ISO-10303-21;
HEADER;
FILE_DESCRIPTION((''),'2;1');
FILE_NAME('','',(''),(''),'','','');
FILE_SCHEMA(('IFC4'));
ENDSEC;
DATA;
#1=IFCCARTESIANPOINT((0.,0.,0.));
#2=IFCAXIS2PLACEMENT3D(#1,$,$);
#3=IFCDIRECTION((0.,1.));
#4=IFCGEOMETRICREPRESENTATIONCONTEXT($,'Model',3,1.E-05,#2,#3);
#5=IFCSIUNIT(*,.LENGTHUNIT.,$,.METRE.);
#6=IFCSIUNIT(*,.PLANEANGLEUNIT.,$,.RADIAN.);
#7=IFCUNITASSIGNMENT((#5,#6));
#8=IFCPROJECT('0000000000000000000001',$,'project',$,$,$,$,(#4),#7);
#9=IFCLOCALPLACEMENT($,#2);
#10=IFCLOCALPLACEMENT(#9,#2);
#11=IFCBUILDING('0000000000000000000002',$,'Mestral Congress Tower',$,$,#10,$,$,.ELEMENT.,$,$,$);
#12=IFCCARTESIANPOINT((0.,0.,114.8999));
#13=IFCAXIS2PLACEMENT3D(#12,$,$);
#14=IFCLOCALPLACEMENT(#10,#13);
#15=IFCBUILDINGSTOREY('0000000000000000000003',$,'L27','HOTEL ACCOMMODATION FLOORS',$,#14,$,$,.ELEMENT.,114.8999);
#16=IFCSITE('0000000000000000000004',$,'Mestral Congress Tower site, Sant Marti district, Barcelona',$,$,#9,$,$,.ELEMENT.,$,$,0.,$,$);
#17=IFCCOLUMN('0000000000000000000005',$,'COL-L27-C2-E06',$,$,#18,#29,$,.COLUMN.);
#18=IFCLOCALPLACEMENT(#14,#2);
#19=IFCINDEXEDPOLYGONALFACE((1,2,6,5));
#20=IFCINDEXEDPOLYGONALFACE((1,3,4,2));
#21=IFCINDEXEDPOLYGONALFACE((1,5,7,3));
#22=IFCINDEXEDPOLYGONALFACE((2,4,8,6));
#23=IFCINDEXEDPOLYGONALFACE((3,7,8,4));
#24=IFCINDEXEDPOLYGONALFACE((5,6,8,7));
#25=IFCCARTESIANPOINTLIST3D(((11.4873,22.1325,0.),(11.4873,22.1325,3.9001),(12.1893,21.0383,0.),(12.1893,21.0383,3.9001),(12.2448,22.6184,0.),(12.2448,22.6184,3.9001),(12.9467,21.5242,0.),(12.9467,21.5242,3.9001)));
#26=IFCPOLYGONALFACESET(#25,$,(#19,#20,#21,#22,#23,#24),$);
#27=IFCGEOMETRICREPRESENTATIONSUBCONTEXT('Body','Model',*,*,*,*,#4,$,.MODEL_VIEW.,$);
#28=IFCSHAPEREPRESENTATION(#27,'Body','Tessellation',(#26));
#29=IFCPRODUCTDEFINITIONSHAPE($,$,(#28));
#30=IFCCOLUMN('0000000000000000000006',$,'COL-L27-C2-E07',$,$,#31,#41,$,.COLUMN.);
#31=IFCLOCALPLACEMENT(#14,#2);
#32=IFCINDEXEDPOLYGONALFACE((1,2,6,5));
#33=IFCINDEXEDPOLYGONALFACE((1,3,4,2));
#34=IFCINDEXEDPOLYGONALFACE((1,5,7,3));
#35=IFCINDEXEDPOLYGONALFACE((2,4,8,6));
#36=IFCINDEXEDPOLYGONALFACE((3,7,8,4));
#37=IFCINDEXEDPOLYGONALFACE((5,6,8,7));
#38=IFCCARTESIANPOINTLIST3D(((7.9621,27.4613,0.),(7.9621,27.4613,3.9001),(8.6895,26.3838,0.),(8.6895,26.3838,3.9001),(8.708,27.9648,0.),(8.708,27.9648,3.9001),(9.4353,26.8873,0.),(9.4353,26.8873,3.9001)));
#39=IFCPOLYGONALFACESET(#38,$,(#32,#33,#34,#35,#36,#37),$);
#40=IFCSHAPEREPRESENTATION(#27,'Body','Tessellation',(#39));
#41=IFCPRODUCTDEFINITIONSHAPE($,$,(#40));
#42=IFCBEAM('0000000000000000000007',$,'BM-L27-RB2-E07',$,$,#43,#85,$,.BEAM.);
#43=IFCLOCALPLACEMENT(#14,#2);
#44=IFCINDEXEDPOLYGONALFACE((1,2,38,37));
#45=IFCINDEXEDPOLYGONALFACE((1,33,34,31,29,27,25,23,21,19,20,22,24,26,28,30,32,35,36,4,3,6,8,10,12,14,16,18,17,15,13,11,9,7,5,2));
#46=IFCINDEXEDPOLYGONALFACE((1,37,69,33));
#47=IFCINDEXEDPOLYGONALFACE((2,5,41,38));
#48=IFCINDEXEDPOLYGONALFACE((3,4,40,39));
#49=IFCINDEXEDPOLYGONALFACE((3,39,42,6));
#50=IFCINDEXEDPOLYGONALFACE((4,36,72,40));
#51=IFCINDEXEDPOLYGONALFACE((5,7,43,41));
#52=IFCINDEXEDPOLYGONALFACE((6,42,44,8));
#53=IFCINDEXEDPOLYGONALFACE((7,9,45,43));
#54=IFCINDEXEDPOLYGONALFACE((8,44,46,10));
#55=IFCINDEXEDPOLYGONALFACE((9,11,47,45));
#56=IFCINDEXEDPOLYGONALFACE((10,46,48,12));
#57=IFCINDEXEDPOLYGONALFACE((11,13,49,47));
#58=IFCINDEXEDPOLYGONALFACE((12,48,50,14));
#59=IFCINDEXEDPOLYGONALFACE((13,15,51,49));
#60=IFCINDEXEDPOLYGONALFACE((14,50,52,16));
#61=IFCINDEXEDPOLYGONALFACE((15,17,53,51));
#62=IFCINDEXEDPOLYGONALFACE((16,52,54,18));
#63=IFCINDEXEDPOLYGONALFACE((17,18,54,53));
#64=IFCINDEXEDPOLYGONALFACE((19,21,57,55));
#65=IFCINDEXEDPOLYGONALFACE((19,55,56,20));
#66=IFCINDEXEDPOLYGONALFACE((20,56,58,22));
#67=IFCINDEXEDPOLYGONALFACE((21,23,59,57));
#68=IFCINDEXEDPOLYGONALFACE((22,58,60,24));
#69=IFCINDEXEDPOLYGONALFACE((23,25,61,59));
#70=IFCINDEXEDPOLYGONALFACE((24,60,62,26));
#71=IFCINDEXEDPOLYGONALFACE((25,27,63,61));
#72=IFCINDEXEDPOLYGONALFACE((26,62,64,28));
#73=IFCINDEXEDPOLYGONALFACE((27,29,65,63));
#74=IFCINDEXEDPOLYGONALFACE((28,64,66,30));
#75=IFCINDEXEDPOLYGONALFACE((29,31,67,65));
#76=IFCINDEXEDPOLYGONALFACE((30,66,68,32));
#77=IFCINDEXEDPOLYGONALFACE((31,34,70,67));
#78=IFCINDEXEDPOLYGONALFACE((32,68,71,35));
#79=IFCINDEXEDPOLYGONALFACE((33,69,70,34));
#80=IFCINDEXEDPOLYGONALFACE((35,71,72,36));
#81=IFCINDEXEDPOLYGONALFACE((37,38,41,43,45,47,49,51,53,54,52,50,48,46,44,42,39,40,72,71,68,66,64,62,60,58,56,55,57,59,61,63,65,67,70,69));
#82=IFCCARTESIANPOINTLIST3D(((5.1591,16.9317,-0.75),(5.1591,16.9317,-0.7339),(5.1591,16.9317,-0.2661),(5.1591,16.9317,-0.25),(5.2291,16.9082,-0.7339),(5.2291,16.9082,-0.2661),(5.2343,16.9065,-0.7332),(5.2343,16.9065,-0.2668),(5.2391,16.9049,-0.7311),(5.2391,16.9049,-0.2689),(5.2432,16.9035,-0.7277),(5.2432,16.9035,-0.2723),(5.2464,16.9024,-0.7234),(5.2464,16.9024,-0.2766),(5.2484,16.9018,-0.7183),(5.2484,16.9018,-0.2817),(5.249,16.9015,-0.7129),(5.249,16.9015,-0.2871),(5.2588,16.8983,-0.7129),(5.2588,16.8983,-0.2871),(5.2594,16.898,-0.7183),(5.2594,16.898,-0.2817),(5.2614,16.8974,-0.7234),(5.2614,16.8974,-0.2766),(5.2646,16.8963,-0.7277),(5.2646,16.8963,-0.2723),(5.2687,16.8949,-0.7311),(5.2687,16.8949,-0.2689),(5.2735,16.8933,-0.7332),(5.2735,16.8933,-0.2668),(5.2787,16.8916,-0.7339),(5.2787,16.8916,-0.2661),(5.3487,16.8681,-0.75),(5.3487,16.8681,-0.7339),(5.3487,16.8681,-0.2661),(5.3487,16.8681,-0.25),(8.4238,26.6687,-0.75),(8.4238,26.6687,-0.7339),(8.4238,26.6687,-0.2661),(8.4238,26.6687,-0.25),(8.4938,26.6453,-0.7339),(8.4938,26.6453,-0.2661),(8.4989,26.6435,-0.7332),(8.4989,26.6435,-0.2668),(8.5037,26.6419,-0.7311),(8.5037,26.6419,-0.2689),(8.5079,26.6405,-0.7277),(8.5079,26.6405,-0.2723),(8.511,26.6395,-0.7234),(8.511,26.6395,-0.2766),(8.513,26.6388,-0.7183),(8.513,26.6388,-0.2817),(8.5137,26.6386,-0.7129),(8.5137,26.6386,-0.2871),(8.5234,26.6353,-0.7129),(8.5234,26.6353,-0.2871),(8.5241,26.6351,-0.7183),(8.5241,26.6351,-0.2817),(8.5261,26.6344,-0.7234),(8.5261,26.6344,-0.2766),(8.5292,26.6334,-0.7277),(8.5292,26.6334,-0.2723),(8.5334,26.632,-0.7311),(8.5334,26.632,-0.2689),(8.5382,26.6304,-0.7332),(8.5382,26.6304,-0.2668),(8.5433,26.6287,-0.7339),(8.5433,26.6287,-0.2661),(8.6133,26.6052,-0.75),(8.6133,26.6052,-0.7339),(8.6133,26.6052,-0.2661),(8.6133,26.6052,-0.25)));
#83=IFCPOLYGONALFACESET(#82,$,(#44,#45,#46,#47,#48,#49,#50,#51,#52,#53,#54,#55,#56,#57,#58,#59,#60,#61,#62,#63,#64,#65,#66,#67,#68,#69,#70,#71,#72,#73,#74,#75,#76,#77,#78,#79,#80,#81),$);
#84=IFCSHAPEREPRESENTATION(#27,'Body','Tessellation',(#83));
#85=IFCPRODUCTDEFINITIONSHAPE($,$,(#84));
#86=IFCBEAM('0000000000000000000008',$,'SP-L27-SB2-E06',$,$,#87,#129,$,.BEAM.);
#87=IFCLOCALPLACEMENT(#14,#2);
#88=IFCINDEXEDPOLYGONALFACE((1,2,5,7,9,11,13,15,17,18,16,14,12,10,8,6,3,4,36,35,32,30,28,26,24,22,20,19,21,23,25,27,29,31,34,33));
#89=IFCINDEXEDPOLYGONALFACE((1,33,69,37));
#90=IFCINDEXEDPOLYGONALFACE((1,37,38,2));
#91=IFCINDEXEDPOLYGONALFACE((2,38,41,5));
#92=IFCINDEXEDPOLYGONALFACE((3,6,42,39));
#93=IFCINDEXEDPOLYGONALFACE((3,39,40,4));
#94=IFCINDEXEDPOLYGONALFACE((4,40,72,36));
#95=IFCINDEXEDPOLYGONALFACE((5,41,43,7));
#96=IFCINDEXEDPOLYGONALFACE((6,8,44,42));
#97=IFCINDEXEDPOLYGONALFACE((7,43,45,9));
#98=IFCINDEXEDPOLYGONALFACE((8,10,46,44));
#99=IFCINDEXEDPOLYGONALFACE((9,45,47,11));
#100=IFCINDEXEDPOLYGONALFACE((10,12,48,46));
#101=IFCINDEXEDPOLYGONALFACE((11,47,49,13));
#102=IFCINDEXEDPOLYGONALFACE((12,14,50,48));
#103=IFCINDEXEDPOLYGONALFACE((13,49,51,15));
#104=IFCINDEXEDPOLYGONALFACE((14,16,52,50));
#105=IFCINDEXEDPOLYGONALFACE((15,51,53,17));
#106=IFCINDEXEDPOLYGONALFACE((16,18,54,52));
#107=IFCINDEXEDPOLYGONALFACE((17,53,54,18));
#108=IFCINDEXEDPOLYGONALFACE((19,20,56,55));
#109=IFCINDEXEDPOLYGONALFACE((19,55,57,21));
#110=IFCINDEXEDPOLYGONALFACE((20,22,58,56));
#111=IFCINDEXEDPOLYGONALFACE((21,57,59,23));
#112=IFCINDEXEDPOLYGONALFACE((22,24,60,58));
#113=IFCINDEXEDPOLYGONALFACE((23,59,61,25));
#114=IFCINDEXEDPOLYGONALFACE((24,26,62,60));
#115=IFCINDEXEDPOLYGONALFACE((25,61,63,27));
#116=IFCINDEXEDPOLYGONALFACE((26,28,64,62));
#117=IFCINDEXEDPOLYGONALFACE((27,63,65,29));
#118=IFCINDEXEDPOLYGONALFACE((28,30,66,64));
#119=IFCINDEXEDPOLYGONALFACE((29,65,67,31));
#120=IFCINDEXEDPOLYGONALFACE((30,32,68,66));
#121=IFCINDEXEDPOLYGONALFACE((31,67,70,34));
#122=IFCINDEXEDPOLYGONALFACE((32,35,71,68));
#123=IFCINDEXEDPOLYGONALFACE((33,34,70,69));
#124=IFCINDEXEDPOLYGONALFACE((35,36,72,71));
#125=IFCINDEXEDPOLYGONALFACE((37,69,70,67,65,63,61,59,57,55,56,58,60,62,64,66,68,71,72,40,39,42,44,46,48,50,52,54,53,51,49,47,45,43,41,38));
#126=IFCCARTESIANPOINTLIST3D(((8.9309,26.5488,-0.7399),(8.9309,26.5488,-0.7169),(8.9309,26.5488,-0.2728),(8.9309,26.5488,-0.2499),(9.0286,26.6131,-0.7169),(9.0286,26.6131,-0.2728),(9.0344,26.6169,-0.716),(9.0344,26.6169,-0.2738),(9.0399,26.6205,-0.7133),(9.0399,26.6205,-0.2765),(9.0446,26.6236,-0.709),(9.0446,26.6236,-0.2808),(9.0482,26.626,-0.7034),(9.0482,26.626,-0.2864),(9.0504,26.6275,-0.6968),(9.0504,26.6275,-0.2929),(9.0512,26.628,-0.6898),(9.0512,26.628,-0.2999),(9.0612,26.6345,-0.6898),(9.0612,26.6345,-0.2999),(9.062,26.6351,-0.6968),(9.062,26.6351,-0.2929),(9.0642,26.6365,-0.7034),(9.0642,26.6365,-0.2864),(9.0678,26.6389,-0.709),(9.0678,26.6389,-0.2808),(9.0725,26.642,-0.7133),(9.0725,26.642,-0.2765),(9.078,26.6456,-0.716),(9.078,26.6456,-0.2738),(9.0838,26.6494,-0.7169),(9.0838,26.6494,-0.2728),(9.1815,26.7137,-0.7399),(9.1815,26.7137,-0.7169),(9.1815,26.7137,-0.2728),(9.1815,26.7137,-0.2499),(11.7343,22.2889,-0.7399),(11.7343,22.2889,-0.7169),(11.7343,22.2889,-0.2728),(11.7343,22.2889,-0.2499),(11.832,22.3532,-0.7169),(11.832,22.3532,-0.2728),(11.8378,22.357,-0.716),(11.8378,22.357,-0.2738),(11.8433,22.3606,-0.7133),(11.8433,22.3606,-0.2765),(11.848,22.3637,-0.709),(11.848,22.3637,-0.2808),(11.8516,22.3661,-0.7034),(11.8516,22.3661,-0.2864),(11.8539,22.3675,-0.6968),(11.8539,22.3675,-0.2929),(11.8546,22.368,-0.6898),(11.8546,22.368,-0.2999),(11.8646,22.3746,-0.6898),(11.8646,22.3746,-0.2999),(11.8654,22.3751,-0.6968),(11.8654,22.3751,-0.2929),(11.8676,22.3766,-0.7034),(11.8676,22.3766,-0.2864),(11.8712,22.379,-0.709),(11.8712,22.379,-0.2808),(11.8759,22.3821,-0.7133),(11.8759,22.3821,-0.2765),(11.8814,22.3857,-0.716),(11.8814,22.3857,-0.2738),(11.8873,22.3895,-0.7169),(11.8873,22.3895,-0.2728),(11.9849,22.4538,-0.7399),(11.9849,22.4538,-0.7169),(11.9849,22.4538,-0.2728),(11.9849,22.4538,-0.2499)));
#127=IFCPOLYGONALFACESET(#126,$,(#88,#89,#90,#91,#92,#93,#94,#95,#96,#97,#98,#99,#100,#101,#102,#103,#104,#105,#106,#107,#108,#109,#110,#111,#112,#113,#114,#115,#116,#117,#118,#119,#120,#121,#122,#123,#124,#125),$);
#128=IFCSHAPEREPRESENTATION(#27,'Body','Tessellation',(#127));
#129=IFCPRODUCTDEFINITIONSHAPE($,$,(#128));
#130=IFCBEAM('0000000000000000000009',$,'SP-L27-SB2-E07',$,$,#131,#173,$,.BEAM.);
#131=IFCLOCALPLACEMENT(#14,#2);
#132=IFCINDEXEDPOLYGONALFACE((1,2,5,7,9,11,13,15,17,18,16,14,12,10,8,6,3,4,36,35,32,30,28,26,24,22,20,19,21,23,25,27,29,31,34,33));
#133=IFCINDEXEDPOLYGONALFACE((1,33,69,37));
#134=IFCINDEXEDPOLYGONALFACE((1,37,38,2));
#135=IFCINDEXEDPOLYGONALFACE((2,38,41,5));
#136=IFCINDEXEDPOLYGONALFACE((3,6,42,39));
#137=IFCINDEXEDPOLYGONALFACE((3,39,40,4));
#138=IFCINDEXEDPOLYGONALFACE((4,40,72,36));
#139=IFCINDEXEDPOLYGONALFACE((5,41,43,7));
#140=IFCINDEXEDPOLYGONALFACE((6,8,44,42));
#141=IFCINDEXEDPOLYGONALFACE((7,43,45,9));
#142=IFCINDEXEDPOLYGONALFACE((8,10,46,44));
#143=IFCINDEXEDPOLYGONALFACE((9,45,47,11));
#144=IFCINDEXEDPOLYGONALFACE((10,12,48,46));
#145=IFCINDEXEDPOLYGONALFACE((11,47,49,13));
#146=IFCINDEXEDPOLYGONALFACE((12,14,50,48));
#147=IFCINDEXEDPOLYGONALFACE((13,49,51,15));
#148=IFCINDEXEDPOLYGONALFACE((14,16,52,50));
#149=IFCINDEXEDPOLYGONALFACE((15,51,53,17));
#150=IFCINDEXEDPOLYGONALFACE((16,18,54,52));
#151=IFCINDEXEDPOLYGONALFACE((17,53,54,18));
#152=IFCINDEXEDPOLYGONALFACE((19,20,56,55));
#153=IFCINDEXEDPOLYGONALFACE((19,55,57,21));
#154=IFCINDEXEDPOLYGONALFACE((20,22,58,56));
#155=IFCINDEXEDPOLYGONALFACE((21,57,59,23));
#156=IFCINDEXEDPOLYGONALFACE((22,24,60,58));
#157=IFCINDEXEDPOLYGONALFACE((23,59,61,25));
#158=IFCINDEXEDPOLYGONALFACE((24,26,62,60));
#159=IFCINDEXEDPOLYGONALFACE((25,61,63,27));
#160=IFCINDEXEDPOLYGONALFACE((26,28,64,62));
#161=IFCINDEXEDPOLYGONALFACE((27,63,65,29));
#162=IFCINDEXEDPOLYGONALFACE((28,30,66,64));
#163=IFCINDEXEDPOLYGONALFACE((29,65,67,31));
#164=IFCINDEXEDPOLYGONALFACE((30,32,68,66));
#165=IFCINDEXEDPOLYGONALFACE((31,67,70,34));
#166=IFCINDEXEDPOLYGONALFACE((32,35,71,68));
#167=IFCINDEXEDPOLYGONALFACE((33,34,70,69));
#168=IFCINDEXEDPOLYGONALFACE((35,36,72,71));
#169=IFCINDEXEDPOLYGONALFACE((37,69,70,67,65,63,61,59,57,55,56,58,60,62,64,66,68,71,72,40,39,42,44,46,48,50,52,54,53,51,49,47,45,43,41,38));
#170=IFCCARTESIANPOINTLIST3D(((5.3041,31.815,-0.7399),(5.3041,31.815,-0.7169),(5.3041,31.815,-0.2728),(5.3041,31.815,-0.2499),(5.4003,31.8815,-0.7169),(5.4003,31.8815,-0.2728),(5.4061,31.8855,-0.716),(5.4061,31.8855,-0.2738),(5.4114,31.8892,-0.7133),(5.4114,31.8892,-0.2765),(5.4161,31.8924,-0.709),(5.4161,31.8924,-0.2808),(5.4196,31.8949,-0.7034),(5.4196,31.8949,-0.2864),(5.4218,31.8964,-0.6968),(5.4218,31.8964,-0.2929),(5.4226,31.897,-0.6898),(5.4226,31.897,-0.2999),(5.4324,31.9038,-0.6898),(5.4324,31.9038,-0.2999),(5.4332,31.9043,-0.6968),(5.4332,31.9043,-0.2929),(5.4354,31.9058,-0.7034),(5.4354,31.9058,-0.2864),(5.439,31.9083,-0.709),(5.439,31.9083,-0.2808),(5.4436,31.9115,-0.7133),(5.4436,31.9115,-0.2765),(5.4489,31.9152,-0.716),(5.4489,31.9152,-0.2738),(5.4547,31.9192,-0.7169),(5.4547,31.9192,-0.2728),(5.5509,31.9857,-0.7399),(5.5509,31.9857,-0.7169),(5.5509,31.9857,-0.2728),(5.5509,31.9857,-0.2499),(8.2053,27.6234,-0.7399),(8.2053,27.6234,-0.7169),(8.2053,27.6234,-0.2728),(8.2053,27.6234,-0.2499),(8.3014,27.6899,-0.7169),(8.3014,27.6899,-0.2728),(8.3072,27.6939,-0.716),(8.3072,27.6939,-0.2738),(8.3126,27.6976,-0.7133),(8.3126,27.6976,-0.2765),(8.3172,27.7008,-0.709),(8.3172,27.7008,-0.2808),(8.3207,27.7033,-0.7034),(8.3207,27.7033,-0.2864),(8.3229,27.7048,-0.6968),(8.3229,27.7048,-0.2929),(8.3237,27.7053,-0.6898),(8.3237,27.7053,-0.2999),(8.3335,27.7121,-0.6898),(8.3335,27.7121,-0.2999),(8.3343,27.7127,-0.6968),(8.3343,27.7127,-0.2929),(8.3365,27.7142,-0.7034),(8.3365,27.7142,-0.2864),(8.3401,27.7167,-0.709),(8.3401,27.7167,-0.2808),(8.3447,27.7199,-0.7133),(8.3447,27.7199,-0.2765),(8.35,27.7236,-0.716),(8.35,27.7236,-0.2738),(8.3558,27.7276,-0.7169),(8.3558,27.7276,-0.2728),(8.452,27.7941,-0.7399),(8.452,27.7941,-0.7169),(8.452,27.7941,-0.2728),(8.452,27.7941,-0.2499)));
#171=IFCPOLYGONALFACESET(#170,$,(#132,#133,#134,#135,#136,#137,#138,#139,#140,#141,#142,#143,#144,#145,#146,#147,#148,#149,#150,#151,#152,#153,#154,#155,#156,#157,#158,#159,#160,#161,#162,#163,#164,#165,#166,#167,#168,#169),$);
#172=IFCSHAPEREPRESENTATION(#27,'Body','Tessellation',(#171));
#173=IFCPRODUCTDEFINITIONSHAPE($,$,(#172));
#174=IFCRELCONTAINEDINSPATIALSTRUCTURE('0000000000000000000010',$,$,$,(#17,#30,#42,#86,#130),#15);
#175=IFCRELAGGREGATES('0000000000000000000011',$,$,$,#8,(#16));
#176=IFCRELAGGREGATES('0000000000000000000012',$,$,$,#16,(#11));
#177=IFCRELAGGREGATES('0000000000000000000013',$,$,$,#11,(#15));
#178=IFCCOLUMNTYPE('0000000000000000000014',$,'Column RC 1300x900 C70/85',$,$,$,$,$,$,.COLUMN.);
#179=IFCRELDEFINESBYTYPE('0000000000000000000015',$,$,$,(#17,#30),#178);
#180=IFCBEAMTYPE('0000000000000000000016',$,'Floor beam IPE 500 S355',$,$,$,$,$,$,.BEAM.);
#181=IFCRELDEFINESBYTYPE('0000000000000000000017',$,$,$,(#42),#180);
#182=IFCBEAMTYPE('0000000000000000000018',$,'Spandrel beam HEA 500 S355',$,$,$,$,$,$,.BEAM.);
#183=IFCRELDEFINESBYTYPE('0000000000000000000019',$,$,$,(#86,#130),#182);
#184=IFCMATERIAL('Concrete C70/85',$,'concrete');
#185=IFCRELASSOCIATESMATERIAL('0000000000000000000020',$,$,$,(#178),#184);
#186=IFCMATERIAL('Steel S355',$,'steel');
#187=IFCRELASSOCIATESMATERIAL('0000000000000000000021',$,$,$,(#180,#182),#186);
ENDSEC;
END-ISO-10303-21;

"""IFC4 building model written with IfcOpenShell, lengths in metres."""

from ifc_helpers import new_model, si_unit, direction, frame, origin, origin_2d, place, context, subcontext, project, spatial, rectangle, i_section, extrude, material, material_profile, profile_set, type_object, element, save


model = new_model("IFC4")

# Units and contexts
model_context = context("Model", 3, precision=1e-05, world=origin(), true_north=direction((0.0, 1.0)))
body_context = subcontext(model_context, "Body", "Model", "MODEL_VIEW")
ifc_project = project(units=[si_unit("LENGTHUNIT", "METRE"), si_unit("PLANEANGLEUNIT", "RADIAN")], contexts=[model_context])

# Site, building, storey
site_placement = place(None, origin())
site = spatial("IfcSite", under=ifc_project, at=site_placement, Name="Mestral Congress Tower site, Sant Marti district, Barcelona", CompositionType="ELEMENT", RefElevation=0.0)
building_placement = place(site_placement, origin())
building = spatial("IfcBuilding", under=site, at=building_placement, Name="Mestral Congress Tower", CompositionType="ELEMENT")
storey_placement = place(building_placement, frame((0.0, 0.0, 114.8999)))
storey = spatial("IfcBuildingStorey", under=building, at=storey_placement, Name="L27", Description="HOTEL ACCOMMODATION FLOORS", CompositionType="ELEMENT", Elevation=114.8999)

# Columns
ifc_material_1 = material(Name="Concrete C70/85", Category="concrete")
ifc_material_profile_1 = material_profile(ifc_material_1, rectangle(XDim=1.3, YDim=0.8999, at=origin_2d()), Name="RC 1300x900")
ifc_profile_set_1 = profile_set([ifc_material_profile_1], Name="Concrete C70/85")
column_type = type_object("IfcColumnType", Name="Column RC 1300x900 C70/85", PredefinedType="COLUMN", material=ifc_profile_set_1)
for number, where, z_axis, x_axis, name in (
    (1, (12.217, 21.8284, 0.0), (0.0, 0.0, 1.0), (-0.539945, 0.8417, 0.0), "COL-L27-C2-E06"),
    (2, (8.6987, 27.1743, 0.0), (0.0, 0.0, 1.0), (-0.559479, 0.828844, 0.0), "COL-L27-C2-E07"),
):
    element("IfcColumn", number, at=place(storey_placement, frame(where, z_axis=z_axis, x_axis=x_axis)), inside=storey, type_object=column_type, Name=name, PredefinedType="COLUMN", context=body_context, shape_type="SweptSolid", body=[
        extrude(rectangle(XDim=1.3, YDim=0.8999, at=origin_2d()), origin(), (0.0, 0.0, 1.0), 3.9001),
    ])

# Beams
ifc_material_2 = material(Name="Steel S355", Category="steel")
ifc_material_profile_2 = material_profile(ifc_material_2, i_section(OverallWidth=0.2, OverallDepth=0.5, WebThickness=0.0103, FlangeThickness=0.0161, FilletRadius=0.021, at=origin_2d()), Name="IPE 500")
ifc_profile_set_2 = profile_set([ifc_material_profile_2], Name="Steel S355")
beam_type_1 = type_object("IfcBeamType", Name="Floor beam IPE 500 S355", PredefinedType="BEAM", material=ifc_profile_set_2)
beam_1_placement = place(storey_placement, frame((8.5186, 26.637, -0.5), z_axis=(-0.317889, -0.948128, 0.0), x_axis=(0.948128, -0.317889, 0.0)))
element("IfcBeam", 3, at=beam_1_placement, inside=storey, type_object=beam_type_1, Name="BM-L27-RB2-E07", PredefinedType="BEAM", context=body_context, shape_type="SweptSolid", body=[
    extrude(i_section(OverallWidth=0.2, OverallDepth=0.5, WebThickness=0.0103, FlangeThickness=0.0161, FilletRadius=0.021, at=origin_2d()), origin(), (0.0, 0.0, 1.0), 10.2698),
])
ifc_material_profile_3 = material_profile(ifc_material_2, i_section(OverallWidth=0.3, OverallDepth=0.49, WebThickness=0.012, FlangeThickness=0.0229, FilletRadius=0.0271, at=origin_2d()), Name="HEA 500")
ifc_profile_set_3 = profile_set([ifc_material_profile_3], Name="Steel S355")
beam_type_2 = type_object("IfcBeamType", Name="Spandrel beam HEA 500 S355", PredefinedType="BEAM", material=ifc_profile_set_3)
beam_2_placement = place(storey_placement, frame((11.8596, 22.3713, -0.4949), z_axis=(-0.54973, 0.835342, 0.0), x_axis=(-0.835342, -0.54973, 0.0)))
element("IfcBeam", 4, at=beam_2_placement, inside=storey, type_object=beam_type_2, Name="SP-L27-SB2-E06", PredefinedType="BEAM", context=body_context, shape_type="SweptSolid", body=[
    extrude(i_section(OverallWidth=0.3, OverallDepth=0.49, WebThickness=0.012, FlangeThickness=0.0229, FilletRadius=0.0271, at=origin_2d()), origin(), (0.0, 0.0, 1.0), 5.0996),
])
beam_3_placement = place(storey_placement, frame((8.3286, 27.7087, -0.4949), z_axis=(-0.569105, 0.822265, 0.0), x_axis=(-0.822265, -0.569105, 0.0)))
element("IfcBeam", 5, at=beam_3_placement, inside=storey, type_object=beam_type_2, Name="SP-L27-SB2-E07", PredefinedType="BEAM", context=body_context, shape_type="SweptSolid", body=[
    extrude(i_section(OverallWidth=0.3, OverallDepth=0.49, WebThickness=0.012, FlangeThickness=0.0229, FilletRadius=0.0271, at=origin_2d()), origin(), (0.0, 0.0, 1.0), 5.0977),
])

save(model, "model.ifc")
